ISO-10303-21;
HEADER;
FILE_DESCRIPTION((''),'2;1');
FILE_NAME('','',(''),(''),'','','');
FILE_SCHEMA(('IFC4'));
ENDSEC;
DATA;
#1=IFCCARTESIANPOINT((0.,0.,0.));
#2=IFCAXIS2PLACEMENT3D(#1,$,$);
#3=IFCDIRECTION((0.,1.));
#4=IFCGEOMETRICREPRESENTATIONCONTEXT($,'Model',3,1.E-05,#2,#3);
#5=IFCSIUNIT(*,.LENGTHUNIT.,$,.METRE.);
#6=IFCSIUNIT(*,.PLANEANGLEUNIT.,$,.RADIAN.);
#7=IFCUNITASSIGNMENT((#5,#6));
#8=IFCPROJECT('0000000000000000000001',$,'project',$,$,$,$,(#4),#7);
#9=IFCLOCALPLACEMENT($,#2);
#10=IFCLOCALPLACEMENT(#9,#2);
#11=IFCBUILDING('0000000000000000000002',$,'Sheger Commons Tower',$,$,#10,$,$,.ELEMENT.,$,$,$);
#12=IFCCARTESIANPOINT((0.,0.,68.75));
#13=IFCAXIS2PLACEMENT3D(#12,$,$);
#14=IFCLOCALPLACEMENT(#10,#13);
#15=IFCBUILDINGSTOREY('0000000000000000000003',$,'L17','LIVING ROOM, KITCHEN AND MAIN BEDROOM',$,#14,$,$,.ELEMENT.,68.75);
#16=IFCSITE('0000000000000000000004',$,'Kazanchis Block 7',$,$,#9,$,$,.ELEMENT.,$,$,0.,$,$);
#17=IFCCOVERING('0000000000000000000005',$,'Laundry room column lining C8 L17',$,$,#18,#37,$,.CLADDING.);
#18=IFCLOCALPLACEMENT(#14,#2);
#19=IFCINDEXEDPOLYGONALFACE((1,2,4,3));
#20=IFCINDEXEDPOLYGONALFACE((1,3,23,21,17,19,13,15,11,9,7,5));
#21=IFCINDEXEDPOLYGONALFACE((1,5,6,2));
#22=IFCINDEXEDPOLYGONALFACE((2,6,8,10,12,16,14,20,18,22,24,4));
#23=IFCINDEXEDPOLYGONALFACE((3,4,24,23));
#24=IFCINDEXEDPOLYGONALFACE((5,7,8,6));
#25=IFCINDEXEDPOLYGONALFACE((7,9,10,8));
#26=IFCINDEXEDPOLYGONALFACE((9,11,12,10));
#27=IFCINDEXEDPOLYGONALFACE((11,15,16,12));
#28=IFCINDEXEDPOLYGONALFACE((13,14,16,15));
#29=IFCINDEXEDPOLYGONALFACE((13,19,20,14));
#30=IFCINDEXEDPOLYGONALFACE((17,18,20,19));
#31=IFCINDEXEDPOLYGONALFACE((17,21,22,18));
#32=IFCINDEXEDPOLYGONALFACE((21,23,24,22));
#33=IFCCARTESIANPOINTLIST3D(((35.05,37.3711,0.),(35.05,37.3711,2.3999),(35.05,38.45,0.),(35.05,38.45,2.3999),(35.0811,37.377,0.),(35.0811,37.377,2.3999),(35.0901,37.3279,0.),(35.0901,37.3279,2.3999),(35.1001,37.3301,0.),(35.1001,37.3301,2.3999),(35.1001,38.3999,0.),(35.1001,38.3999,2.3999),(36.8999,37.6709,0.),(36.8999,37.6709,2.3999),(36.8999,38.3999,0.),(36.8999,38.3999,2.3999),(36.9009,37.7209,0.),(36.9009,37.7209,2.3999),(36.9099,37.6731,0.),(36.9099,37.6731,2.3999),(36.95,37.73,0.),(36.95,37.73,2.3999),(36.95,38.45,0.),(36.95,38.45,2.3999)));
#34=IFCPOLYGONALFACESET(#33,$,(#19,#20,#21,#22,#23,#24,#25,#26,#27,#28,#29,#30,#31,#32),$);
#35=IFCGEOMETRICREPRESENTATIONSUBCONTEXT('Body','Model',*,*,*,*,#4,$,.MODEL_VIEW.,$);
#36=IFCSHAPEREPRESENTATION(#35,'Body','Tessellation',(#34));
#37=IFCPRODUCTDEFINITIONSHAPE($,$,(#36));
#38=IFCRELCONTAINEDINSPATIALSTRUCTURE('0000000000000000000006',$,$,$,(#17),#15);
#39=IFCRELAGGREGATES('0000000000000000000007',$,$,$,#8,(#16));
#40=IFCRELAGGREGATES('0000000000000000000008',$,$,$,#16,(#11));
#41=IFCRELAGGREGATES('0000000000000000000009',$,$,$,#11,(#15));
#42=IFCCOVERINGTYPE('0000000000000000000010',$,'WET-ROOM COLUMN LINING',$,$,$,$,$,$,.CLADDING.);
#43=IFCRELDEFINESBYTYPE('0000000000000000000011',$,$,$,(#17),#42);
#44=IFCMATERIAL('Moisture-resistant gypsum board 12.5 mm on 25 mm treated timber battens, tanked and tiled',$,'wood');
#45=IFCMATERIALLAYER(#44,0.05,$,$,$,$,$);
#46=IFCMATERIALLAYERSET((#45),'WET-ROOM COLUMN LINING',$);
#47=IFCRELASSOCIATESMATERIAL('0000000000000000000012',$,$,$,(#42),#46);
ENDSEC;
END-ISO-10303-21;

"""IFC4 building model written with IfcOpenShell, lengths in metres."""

from ifc_helpers import new_model, si_unit, direction, frame, origin, place, context, subcontext, project, spatial, polyline, outline, extrude, material, layer, layer_set, type_object, element, save


model = new_model("IFC4")

# Units and contexts
model_context = context("Model", 3, precision=1e-05, world=origin(), true_north=direction((0.0, 1.0)))
body_context = subcontext(model_context, "Body", "Model", "MODEL_VIEW")
ifc_project = project(units=[si_unit("LENGTHUNIT", "METRE"), si_unit("PLANEANGLEUNIT", "RADIAN")], contexts=[model_context])

# Site, building, storey
site_placement = place(None, origin())
site = spatial("IfcSite", under=ifc_project, at=site_placement, Name="Kazanchis Block 7", CompositionType="ELEMENT", RefElevation=0.0)
building_placement = place(site_placement, origin())
building = spatial("IfcBuilding", under=site, at=building_placement, Name="Sheger Commons Tower", CompositionType="ELEMENT")
storey_placement = place(building_placement, frame((0.0, 0.0, 68.75)))
storey = spatial("IfcBuildingStorey", under=building, at=storey_placement, Name="L17", Description="LIVING ROOM, KITCHEN AND MAIN BEDROOM", CompositionType="ELEMENT", Elevation=68.75)

# Covering
ifc_material_1 = material(Name="Moisture-resistant gypsum board 12.5 mm on 25 mm treated timber battens, tanked and tiled", Category="wood")
ifc_layer_1 = layer(ifc_material_1, 0.05)
ifc_layer_set_1 = layer_set([ifc_layer_1], Name="WET-ROOM COLUMN LINING")
covering_type_1 = type_object("IfcCoveringType", Name="WET-ROOM COLUMN LINING", PredefinedType="CLADDING", material=ifc_layer_set_1)
covering_1_placement = place(storey_placement, origin())
element("IfcCovering", 1, at=covering_1_placement, inside=storey, type_object=covering_type_1, Name="Laundry room column lining C8 L17", PredefinedType="CLADDING", context=body_context, shape_type="SweptSolid", body=[
    extrude(outline(polyline([(36.95, 38.45), (36.95, 37.73), (36.9009, 37.7209), (36.9099, 37.6731), (36.8999, 37.6709), (36.8999, 38.3999), (35.1001, 38.3999), (35.1001, 37.3301), (35.0901, 37.3279), (35.0811, 37.377), (35.05, 37.3711), (35.05, 38.45), (36.95, 38.45)])), origin(), (0.0, 0.0, 1.0), 2.3999),
])

save(model, "model.ifc")
